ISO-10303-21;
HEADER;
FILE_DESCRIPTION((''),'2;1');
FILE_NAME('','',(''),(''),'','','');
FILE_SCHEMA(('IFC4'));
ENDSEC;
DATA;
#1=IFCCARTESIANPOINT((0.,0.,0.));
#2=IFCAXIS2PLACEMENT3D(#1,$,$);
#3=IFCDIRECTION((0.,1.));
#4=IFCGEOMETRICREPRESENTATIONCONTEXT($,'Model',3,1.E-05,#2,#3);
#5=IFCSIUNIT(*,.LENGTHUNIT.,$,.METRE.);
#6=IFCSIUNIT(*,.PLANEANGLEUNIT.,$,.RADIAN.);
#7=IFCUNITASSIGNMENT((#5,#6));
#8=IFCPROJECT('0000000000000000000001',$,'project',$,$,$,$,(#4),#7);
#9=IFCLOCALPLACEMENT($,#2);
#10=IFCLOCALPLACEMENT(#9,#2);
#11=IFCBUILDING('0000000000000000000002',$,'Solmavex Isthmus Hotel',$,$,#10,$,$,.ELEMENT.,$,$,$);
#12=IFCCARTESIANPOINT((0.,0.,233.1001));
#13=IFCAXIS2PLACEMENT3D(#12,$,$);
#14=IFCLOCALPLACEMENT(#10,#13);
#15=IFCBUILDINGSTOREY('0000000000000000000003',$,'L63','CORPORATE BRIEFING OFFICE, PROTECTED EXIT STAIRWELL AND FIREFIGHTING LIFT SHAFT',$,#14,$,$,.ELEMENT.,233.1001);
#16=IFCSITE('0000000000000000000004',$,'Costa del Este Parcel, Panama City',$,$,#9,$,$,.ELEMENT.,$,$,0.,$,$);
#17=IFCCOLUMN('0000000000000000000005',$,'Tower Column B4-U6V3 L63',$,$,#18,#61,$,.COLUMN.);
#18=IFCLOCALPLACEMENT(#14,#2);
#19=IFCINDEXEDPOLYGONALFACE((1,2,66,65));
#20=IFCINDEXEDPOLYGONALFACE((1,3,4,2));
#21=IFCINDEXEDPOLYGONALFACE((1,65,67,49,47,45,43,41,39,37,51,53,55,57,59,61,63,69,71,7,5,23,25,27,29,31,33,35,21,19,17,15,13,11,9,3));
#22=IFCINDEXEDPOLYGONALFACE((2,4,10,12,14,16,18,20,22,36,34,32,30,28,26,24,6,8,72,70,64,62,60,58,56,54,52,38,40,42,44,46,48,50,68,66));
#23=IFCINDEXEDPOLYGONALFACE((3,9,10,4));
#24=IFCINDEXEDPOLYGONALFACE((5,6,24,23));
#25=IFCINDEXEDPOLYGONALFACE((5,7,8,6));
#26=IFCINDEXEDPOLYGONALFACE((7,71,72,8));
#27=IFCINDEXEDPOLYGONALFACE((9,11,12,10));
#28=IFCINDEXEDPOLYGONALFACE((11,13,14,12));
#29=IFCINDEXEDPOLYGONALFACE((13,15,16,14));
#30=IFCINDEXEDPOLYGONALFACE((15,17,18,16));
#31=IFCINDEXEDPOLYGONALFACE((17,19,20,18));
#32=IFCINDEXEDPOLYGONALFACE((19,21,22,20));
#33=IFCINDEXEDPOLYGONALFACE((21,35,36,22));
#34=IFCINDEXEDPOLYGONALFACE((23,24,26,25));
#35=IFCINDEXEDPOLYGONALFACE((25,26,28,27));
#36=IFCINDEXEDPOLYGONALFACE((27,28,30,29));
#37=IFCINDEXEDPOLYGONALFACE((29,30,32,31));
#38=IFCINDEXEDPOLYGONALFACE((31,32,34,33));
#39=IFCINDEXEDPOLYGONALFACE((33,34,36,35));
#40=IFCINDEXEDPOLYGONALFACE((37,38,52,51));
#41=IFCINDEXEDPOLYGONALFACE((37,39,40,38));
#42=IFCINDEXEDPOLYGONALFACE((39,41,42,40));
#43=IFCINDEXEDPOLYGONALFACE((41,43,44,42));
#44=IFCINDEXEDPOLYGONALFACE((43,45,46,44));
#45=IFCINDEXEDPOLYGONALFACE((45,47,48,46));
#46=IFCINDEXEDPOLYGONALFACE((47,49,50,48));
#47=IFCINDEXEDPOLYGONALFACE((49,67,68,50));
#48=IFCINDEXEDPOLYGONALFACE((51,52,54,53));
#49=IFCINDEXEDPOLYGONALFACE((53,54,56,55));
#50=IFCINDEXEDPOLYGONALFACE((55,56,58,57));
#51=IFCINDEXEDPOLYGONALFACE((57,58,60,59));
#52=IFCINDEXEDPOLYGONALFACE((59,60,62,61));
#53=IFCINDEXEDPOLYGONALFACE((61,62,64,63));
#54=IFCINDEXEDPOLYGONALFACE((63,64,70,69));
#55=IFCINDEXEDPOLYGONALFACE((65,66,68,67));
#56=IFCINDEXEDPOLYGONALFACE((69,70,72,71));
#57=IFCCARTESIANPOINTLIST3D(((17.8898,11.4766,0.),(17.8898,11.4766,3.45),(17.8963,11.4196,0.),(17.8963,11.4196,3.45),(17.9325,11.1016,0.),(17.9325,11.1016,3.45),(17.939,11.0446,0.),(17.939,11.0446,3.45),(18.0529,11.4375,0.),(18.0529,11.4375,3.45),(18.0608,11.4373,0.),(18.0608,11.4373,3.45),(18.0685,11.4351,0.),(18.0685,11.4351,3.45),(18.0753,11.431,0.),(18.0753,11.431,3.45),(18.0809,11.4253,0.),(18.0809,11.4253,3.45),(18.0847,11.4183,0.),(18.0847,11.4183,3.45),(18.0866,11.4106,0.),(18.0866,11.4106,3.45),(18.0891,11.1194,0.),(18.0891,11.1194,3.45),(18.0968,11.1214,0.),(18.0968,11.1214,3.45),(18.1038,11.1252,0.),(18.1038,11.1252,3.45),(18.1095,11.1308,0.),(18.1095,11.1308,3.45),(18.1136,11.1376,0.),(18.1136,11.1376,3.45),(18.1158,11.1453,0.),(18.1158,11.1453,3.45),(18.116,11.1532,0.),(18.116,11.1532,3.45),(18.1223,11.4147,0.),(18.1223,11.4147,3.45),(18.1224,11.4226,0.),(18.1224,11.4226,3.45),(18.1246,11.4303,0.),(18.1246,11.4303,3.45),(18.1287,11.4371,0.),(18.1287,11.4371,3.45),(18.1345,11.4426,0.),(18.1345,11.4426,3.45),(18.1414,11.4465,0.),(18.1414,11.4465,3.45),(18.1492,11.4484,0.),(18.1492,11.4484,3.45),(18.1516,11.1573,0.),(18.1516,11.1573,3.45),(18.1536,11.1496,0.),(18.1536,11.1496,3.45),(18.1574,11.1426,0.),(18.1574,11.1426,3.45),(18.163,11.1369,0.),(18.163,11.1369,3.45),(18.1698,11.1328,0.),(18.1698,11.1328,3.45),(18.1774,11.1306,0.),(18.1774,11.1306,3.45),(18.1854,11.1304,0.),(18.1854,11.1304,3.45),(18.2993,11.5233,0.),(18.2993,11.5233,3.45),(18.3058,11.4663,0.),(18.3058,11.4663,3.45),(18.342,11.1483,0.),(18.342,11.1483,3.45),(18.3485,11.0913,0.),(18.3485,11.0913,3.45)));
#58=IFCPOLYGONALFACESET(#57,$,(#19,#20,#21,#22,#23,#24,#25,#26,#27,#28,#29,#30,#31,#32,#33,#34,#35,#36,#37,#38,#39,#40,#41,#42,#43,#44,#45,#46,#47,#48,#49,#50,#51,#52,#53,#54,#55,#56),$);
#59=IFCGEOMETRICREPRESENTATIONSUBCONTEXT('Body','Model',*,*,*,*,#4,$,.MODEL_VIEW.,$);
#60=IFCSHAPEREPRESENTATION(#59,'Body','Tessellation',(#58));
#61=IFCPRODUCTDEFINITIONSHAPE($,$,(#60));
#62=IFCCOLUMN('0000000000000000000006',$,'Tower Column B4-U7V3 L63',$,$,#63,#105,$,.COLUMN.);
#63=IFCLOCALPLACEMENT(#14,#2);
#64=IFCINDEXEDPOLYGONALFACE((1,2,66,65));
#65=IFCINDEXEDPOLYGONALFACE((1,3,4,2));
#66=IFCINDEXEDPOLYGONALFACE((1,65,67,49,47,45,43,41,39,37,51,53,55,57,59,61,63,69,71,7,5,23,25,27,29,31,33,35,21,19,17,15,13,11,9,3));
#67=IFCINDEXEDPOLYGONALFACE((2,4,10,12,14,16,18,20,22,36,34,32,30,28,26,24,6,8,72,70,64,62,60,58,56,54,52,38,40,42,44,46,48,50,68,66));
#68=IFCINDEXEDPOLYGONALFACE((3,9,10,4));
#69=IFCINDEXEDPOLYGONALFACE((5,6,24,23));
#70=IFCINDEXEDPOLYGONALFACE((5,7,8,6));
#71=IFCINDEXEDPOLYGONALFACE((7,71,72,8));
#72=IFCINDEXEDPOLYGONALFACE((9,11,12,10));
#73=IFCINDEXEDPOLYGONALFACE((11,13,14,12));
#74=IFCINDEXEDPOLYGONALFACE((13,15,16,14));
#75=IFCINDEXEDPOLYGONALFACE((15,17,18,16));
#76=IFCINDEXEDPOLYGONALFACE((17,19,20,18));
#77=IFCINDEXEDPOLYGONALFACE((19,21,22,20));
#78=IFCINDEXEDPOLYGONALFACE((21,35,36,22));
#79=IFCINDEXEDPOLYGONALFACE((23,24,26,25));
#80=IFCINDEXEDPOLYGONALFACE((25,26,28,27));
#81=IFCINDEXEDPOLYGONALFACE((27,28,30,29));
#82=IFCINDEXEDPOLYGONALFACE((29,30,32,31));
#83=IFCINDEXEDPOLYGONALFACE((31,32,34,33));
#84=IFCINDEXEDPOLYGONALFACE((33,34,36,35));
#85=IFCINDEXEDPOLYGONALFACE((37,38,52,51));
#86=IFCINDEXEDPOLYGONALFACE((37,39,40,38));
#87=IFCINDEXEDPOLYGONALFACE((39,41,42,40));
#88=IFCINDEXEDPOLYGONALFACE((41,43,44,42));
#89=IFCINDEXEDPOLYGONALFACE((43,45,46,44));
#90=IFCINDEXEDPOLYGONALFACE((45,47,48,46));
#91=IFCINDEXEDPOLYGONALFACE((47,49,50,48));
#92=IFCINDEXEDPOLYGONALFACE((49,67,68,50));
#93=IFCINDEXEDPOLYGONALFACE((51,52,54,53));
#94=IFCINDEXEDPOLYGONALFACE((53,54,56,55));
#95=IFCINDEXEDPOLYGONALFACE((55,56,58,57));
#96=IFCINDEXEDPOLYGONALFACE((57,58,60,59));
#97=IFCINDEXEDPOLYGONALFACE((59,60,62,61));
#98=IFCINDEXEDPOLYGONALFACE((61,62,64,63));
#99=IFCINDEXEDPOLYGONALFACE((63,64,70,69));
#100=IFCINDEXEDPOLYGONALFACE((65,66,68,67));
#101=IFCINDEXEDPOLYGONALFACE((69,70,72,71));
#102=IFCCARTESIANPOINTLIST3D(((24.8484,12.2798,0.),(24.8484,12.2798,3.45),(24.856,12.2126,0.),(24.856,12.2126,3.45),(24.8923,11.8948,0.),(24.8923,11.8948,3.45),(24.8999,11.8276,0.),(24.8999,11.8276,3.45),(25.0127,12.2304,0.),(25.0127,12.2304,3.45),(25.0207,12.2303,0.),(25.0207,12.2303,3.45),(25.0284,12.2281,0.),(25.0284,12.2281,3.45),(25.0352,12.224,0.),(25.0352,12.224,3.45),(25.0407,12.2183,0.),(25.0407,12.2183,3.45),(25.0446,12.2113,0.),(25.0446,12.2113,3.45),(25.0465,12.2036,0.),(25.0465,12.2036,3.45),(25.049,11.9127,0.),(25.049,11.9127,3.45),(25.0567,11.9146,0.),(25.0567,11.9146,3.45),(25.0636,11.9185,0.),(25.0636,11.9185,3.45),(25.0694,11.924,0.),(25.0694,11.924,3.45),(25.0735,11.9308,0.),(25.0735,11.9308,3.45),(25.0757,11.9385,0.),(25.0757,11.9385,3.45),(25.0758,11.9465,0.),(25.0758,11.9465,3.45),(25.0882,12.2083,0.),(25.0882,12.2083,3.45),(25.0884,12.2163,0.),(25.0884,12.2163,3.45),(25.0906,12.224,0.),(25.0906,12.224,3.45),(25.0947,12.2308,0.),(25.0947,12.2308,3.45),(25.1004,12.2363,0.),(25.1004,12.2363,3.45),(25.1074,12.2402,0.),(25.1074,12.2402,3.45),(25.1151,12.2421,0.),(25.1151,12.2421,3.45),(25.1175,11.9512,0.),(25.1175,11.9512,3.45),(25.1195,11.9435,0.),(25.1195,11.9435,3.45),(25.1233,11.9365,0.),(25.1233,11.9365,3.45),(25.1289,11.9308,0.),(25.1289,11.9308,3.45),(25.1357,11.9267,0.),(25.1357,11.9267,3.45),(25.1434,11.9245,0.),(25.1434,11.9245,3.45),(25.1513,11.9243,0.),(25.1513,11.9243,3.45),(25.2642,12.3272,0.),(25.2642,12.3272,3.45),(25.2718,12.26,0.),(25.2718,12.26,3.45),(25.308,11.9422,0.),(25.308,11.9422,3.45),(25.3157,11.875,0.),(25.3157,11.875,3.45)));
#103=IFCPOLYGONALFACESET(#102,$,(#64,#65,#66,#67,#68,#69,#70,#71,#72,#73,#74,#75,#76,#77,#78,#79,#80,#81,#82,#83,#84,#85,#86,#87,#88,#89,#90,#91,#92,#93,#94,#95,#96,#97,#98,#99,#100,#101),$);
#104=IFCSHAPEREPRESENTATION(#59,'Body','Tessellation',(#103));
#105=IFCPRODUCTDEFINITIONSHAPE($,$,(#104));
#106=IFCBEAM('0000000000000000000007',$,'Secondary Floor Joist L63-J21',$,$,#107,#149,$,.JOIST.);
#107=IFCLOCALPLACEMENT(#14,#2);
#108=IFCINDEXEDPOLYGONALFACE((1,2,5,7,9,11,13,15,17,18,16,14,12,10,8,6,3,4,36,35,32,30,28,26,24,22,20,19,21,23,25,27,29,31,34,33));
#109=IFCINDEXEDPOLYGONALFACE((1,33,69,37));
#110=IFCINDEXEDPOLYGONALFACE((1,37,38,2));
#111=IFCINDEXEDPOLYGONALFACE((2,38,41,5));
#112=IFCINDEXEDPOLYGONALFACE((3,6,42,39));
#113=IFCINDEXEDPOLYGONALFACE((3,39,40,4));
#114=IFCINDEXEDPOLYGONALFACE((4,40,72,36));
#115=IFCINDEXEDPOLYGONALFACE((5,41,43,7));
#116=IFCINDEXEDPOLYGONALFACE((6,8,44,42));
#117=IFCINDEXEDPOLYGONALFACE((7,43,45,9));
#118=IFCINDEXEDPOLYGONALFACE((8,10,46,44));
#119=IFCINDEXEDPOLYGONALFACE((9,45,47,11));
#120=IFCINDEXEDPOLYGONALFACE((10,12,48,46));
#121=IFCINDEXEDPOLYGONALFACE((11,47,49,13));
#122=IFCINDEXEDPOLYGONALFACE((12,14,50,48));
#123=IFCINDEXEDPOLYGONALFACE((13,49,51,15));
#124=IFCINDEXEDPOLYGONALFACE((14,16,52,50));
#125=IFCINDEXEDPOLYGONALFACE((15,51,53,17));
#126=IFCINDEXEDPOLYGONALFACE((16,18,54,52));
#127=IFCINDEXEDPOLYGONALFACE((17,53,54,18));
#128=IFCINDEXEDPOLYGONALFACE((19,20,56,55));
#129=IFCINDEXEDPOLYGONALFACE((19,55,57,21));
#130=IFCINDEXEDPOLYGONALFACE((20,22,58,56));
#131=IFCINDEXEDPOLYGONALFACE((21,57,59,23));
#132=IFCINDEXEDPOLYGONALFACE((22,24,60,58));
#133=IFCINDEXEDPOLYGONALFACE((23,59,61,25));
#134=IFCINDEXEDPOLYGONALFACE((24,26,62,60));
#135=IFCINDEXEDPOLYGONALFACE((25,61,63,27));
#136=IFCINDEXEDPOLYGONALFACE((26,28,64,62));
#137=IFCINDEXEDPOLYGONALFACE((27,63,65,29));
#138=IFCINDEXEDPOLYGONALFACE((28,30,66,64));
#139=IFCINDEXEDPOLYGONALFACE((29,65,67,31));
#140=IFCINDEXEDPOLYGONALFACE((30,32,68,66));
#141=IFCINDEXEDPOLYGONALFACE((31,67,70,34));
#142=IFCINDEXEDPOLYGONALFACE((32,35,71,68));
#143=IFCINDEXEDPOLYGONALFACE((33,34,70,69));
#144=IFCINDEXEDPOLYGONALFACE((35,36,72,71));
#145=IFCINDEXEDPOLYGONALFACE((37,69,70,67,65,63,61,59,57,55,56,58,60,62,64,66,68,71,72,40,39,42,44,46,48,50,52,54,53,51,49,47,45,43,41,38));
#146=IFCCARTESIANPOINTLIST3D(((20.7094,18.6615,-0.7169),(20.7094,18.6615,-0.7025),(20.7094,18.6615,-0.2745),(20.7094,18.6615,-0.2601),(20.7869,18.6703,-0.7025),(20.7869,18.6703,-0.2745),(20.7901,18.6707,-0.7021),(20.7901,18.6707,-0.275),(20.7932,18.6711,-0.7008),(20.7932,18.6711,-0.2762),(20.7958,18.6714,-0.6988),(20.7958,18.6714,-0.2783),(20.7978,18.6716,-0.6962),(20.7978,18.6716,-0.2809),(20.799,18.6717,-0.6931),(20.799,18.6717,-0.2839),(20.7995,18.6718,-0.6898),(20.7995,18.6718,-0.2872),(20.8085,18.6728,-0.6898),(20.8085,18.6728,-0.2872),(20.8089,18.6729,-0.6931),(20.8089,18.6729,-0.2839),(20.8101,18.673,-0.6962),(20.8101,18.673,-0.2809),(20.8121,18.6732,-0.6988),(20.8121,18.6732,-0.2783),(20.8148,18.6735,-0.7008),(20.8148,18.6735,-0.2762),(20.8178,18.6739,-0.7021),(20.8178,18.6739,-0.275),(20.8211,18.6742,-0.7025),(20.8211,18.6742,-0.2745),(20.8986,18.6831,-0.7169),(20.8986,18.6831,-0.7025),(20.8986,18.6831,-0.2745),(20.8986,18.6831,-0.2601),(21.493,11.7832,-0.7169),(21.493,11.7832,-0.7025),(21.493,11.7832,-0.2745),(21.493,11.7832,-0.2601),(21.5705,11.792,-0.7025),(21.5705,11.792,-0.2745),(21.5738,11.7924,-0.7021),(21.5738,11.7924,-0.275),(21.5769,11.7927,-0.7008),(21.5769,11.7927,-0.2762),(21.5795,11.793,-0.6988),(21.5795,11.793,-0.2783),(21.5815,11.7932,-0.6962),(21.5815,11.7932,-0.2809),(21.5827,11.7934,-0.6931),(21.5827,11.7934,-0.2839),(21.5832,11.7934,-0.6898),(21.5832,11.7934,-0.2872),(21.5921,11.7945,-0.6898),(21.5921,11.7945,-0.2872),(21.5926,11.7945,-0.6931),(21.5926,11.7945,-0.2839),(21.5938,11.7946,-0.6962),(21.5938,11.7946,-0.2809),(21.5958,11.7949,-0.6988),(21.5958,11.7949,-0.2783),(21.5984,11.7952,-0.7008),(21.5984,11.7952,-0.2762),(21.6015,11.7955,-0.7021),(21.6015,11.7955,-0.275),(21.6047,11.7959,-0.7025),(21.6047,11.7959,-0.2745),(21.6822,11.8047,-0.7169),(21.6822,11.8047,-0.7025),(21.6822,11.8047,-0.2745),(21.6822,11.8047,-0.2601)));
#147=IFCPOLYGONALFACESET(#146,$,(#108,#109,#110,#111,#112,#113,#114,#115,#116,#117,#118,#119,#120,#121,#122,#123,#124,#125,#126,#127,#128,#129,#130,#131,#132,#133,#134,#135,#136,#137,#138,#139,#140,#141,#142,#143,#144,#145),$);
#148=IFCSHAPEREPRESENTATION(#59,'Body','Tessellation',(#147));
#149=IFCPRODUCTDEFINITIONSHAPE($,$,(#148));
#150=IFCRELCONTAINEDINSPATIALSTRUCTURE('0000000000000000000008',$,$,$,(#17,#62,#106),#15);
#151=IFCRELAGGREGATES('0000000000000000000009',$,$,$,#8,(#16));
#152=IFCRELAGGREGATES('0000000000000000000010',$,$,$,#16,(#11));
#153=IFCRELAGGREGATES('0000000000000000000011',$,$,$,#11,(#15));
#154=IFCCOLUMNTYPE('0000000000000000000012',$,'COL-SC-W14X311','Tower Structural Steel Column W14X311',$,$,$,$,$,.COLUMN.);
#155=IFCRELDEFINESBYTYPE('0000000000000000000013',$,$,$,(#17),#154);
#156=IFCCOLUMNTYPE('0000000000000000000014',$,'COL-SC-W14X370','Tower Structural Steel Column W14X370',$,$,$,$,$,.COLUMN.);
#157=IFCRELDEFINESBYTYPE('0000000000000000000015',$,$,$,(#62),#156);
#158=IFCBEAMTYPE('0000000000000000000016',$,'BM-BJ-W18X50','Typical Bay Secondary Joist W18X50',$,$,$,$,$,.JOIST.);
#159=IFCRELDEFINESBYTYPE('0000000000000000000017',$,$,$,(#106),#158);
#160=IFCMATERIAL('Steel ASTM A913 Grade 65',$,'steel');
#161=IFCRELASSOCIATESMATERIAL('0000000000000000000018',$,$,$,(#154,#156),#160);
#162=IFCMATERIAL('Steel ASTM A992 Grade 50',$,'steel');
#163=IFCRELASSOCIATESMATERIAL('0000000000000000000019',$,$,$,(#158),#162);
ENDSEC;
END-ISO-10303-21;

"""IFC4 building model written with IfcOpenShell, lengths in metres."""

from ifc_helpers import new_model, si_unit, direction, frame, origin, origin_2d, place, context, subcontext, project, spatial, i_section, extrude, material, material_profile, profile_set, type_object, element, save


model = new_model("IFC4")

# Units and contexts
model_context = context("Model", 3, precision=1e-05, world=origin(), true_north=direction((0.0, 1.0)))
body_context = subcontext(model_context, "Body", "Model", "MODEL_VIEW")
ifc_project = project(units=[si_unit("LENGTHUNIT", "METRE"), si_unit("PLANEANGLEUNIT", "RADIAN")], contexts=[model_context])

# Site, building, storey
site_placement = place(None, origin())
site = spatial("IfcSite", under=ifc_project, at=site_placement, Name="Costa del Este Parcel, Panama City", CompositionType="ELEMENT", RefElevation=0.0)
building_placement = place(site_placement, origin())
building = spatial("IfcBuilding", under=site, at=building_placement, Name="Solmavex Isthmus Hotel", CompositionType="ELEMENT")
storey_placement = place(building_placement, frame((0.0, 0.0, 233.1001)))
storey = spatial("IfcBuildingStorey", under=building, at=storey_placement, Name="L63", Description="CORPORATE BRIEFING OFFICE, PROTECTED EXIT STAIRWELL AND FIREFIGHTING LIFT SHAFT", CompositionType="ELEMENT", Elevation=233.1001)

# Columns
ifc_material_1 = material(Name="Steel ASTM A913 Grade 65", Category="steel")
ifc_material_profile_1 = material_profile(ifc_material_1, i_section(OverallWidth=0.4121, OverallDepth=0.4348, WebThickness=0.0359, FlangeThickness=0.0574, FilletRadius=0.0305, at=origin_2d()), Name="W14X311")
ifc_profile_set_1 = profile_set([ifc_material_profile_1], Name="Steel ASTM A913 Grade 65")
column_type_1 = type_object("IfcColumnType", Name="COL-SC-W14X311", Description="Tower Structural Steel Column W14X311", PredefinedType="COLUMN", material=ifc_profile_set_1)
column_1_placement = place(storey_placement, frame((18.1191, 11.2839, 0.0), z_axis=(0.0, 0.0, 1.0), x_axis=(0.993572, 0.113203, 0.0)))
element("IfcColumn", 1, at=column_1_placement, inside=storey, type_object=column_type_1, Name="Tower Column B4-U6V3 L63", PredefinedType="COLUMN", context=body_context, shape_type="SweptSolid", body=[
    extrude(i_section(OverallWidth=0.4121, OverallDepth=0.4348, WebThickness=0.0359, FlangeThickness=0.0574, FilletRadius=0.0305, at=origin_2d()), origin(), (0.0, 0.0, 1.0), 3.45),
])
ifc_material_profile_2 = material_profile(ifc_material_1, i_section(OverallWidth=0.4185, OverallDepth=0.4551, WebThickness=0.042, FlangeThickness=0.0676, FilletRadius=0.0305, at=origin_2d()), Name="W14X370")
ifc_profile_set_2 = profile_set([ifc_material_profile_2], Name="Steel ASTM A913 Grade 65")
column_type_2 = type_object("IfcColumnType", Name="COL-SC-W14X370", Description="Tower Structural Steel Column W14X370", PredefinedType="COLUMN", material=ifc_profile_set_2)
column_2_placement = place(storey_placement, frame((25.082, 12.0774, 0.0), z_axis=(0.0, 0.0, 1.0), x_axis=(0.993572, 0.113203, 0.0)))
element("IfcColumn", 2, at=column_2_placement, inside=storey, type_object=column_type_2, Name="Tower Column B4-U7V3 L63", PredefinedType="COLUMN", context=body_context, shape_type="SweptSolid", body=[
    extrude(i_section(OverallWidth=0.4185, OverallDepth=0.4551, WebThickness=0.042, FlangeThickness=0.0676, FilletRadius=0.0305, at=origin_2d()), origin(), (0.0, 0.0, 1.0), 3.45),
])

# Beam
ifc_material_2 = material(Name="Steel ASTM A992 Grade 50", Category="steel")
ifc_material_profile_3 = material_profile(ifc_material_2, i_section(OverallWidth=0.1904, OverallDepth=0.4568, WebThickness=0.009, FlangeThickness=0.0144, FilletRadius=0.0127, at=origin_2d()), Name="W18X50")
ifc_profile_set_3 = profile_set([ifc_material_profile_3], Name="Steel ASTM A992 Grade 50")
beam_type_1 = type_object("IfcBeamType", Name="BM-BJ-W18X50", Description="Typical Bay Secondary Joist W18X50", PredefinedType="JOIST", material=ifc_profile_set_3)
beam_1_placement = place(storey_placement, frame((21.5876, 11.7939, -0.4885), z_axis=(-0.113202, 0.993572, 0.0), x_axis=(-0.993572, -0.113202, 0.0)))
element("IfcBeam", 3, at=beam_1_placement, inside=storey, type_object=beam_type_1, Name="Secondary Floor Joist L63-J21", PredefinedType="JOIST", context=body_context, shape_type="SweptSolid", body=[
    extrude(i_section(OverallWidth=0.1904, OverallDepth=0.4568, WebThickness=0.009, FlangeThickness=0.0144, FilletRadius=0.0127, at=origin_2d()), origin(), (0.0, 0.0, 1.0), 6.9229),
])

save(model, "model.ifc")
